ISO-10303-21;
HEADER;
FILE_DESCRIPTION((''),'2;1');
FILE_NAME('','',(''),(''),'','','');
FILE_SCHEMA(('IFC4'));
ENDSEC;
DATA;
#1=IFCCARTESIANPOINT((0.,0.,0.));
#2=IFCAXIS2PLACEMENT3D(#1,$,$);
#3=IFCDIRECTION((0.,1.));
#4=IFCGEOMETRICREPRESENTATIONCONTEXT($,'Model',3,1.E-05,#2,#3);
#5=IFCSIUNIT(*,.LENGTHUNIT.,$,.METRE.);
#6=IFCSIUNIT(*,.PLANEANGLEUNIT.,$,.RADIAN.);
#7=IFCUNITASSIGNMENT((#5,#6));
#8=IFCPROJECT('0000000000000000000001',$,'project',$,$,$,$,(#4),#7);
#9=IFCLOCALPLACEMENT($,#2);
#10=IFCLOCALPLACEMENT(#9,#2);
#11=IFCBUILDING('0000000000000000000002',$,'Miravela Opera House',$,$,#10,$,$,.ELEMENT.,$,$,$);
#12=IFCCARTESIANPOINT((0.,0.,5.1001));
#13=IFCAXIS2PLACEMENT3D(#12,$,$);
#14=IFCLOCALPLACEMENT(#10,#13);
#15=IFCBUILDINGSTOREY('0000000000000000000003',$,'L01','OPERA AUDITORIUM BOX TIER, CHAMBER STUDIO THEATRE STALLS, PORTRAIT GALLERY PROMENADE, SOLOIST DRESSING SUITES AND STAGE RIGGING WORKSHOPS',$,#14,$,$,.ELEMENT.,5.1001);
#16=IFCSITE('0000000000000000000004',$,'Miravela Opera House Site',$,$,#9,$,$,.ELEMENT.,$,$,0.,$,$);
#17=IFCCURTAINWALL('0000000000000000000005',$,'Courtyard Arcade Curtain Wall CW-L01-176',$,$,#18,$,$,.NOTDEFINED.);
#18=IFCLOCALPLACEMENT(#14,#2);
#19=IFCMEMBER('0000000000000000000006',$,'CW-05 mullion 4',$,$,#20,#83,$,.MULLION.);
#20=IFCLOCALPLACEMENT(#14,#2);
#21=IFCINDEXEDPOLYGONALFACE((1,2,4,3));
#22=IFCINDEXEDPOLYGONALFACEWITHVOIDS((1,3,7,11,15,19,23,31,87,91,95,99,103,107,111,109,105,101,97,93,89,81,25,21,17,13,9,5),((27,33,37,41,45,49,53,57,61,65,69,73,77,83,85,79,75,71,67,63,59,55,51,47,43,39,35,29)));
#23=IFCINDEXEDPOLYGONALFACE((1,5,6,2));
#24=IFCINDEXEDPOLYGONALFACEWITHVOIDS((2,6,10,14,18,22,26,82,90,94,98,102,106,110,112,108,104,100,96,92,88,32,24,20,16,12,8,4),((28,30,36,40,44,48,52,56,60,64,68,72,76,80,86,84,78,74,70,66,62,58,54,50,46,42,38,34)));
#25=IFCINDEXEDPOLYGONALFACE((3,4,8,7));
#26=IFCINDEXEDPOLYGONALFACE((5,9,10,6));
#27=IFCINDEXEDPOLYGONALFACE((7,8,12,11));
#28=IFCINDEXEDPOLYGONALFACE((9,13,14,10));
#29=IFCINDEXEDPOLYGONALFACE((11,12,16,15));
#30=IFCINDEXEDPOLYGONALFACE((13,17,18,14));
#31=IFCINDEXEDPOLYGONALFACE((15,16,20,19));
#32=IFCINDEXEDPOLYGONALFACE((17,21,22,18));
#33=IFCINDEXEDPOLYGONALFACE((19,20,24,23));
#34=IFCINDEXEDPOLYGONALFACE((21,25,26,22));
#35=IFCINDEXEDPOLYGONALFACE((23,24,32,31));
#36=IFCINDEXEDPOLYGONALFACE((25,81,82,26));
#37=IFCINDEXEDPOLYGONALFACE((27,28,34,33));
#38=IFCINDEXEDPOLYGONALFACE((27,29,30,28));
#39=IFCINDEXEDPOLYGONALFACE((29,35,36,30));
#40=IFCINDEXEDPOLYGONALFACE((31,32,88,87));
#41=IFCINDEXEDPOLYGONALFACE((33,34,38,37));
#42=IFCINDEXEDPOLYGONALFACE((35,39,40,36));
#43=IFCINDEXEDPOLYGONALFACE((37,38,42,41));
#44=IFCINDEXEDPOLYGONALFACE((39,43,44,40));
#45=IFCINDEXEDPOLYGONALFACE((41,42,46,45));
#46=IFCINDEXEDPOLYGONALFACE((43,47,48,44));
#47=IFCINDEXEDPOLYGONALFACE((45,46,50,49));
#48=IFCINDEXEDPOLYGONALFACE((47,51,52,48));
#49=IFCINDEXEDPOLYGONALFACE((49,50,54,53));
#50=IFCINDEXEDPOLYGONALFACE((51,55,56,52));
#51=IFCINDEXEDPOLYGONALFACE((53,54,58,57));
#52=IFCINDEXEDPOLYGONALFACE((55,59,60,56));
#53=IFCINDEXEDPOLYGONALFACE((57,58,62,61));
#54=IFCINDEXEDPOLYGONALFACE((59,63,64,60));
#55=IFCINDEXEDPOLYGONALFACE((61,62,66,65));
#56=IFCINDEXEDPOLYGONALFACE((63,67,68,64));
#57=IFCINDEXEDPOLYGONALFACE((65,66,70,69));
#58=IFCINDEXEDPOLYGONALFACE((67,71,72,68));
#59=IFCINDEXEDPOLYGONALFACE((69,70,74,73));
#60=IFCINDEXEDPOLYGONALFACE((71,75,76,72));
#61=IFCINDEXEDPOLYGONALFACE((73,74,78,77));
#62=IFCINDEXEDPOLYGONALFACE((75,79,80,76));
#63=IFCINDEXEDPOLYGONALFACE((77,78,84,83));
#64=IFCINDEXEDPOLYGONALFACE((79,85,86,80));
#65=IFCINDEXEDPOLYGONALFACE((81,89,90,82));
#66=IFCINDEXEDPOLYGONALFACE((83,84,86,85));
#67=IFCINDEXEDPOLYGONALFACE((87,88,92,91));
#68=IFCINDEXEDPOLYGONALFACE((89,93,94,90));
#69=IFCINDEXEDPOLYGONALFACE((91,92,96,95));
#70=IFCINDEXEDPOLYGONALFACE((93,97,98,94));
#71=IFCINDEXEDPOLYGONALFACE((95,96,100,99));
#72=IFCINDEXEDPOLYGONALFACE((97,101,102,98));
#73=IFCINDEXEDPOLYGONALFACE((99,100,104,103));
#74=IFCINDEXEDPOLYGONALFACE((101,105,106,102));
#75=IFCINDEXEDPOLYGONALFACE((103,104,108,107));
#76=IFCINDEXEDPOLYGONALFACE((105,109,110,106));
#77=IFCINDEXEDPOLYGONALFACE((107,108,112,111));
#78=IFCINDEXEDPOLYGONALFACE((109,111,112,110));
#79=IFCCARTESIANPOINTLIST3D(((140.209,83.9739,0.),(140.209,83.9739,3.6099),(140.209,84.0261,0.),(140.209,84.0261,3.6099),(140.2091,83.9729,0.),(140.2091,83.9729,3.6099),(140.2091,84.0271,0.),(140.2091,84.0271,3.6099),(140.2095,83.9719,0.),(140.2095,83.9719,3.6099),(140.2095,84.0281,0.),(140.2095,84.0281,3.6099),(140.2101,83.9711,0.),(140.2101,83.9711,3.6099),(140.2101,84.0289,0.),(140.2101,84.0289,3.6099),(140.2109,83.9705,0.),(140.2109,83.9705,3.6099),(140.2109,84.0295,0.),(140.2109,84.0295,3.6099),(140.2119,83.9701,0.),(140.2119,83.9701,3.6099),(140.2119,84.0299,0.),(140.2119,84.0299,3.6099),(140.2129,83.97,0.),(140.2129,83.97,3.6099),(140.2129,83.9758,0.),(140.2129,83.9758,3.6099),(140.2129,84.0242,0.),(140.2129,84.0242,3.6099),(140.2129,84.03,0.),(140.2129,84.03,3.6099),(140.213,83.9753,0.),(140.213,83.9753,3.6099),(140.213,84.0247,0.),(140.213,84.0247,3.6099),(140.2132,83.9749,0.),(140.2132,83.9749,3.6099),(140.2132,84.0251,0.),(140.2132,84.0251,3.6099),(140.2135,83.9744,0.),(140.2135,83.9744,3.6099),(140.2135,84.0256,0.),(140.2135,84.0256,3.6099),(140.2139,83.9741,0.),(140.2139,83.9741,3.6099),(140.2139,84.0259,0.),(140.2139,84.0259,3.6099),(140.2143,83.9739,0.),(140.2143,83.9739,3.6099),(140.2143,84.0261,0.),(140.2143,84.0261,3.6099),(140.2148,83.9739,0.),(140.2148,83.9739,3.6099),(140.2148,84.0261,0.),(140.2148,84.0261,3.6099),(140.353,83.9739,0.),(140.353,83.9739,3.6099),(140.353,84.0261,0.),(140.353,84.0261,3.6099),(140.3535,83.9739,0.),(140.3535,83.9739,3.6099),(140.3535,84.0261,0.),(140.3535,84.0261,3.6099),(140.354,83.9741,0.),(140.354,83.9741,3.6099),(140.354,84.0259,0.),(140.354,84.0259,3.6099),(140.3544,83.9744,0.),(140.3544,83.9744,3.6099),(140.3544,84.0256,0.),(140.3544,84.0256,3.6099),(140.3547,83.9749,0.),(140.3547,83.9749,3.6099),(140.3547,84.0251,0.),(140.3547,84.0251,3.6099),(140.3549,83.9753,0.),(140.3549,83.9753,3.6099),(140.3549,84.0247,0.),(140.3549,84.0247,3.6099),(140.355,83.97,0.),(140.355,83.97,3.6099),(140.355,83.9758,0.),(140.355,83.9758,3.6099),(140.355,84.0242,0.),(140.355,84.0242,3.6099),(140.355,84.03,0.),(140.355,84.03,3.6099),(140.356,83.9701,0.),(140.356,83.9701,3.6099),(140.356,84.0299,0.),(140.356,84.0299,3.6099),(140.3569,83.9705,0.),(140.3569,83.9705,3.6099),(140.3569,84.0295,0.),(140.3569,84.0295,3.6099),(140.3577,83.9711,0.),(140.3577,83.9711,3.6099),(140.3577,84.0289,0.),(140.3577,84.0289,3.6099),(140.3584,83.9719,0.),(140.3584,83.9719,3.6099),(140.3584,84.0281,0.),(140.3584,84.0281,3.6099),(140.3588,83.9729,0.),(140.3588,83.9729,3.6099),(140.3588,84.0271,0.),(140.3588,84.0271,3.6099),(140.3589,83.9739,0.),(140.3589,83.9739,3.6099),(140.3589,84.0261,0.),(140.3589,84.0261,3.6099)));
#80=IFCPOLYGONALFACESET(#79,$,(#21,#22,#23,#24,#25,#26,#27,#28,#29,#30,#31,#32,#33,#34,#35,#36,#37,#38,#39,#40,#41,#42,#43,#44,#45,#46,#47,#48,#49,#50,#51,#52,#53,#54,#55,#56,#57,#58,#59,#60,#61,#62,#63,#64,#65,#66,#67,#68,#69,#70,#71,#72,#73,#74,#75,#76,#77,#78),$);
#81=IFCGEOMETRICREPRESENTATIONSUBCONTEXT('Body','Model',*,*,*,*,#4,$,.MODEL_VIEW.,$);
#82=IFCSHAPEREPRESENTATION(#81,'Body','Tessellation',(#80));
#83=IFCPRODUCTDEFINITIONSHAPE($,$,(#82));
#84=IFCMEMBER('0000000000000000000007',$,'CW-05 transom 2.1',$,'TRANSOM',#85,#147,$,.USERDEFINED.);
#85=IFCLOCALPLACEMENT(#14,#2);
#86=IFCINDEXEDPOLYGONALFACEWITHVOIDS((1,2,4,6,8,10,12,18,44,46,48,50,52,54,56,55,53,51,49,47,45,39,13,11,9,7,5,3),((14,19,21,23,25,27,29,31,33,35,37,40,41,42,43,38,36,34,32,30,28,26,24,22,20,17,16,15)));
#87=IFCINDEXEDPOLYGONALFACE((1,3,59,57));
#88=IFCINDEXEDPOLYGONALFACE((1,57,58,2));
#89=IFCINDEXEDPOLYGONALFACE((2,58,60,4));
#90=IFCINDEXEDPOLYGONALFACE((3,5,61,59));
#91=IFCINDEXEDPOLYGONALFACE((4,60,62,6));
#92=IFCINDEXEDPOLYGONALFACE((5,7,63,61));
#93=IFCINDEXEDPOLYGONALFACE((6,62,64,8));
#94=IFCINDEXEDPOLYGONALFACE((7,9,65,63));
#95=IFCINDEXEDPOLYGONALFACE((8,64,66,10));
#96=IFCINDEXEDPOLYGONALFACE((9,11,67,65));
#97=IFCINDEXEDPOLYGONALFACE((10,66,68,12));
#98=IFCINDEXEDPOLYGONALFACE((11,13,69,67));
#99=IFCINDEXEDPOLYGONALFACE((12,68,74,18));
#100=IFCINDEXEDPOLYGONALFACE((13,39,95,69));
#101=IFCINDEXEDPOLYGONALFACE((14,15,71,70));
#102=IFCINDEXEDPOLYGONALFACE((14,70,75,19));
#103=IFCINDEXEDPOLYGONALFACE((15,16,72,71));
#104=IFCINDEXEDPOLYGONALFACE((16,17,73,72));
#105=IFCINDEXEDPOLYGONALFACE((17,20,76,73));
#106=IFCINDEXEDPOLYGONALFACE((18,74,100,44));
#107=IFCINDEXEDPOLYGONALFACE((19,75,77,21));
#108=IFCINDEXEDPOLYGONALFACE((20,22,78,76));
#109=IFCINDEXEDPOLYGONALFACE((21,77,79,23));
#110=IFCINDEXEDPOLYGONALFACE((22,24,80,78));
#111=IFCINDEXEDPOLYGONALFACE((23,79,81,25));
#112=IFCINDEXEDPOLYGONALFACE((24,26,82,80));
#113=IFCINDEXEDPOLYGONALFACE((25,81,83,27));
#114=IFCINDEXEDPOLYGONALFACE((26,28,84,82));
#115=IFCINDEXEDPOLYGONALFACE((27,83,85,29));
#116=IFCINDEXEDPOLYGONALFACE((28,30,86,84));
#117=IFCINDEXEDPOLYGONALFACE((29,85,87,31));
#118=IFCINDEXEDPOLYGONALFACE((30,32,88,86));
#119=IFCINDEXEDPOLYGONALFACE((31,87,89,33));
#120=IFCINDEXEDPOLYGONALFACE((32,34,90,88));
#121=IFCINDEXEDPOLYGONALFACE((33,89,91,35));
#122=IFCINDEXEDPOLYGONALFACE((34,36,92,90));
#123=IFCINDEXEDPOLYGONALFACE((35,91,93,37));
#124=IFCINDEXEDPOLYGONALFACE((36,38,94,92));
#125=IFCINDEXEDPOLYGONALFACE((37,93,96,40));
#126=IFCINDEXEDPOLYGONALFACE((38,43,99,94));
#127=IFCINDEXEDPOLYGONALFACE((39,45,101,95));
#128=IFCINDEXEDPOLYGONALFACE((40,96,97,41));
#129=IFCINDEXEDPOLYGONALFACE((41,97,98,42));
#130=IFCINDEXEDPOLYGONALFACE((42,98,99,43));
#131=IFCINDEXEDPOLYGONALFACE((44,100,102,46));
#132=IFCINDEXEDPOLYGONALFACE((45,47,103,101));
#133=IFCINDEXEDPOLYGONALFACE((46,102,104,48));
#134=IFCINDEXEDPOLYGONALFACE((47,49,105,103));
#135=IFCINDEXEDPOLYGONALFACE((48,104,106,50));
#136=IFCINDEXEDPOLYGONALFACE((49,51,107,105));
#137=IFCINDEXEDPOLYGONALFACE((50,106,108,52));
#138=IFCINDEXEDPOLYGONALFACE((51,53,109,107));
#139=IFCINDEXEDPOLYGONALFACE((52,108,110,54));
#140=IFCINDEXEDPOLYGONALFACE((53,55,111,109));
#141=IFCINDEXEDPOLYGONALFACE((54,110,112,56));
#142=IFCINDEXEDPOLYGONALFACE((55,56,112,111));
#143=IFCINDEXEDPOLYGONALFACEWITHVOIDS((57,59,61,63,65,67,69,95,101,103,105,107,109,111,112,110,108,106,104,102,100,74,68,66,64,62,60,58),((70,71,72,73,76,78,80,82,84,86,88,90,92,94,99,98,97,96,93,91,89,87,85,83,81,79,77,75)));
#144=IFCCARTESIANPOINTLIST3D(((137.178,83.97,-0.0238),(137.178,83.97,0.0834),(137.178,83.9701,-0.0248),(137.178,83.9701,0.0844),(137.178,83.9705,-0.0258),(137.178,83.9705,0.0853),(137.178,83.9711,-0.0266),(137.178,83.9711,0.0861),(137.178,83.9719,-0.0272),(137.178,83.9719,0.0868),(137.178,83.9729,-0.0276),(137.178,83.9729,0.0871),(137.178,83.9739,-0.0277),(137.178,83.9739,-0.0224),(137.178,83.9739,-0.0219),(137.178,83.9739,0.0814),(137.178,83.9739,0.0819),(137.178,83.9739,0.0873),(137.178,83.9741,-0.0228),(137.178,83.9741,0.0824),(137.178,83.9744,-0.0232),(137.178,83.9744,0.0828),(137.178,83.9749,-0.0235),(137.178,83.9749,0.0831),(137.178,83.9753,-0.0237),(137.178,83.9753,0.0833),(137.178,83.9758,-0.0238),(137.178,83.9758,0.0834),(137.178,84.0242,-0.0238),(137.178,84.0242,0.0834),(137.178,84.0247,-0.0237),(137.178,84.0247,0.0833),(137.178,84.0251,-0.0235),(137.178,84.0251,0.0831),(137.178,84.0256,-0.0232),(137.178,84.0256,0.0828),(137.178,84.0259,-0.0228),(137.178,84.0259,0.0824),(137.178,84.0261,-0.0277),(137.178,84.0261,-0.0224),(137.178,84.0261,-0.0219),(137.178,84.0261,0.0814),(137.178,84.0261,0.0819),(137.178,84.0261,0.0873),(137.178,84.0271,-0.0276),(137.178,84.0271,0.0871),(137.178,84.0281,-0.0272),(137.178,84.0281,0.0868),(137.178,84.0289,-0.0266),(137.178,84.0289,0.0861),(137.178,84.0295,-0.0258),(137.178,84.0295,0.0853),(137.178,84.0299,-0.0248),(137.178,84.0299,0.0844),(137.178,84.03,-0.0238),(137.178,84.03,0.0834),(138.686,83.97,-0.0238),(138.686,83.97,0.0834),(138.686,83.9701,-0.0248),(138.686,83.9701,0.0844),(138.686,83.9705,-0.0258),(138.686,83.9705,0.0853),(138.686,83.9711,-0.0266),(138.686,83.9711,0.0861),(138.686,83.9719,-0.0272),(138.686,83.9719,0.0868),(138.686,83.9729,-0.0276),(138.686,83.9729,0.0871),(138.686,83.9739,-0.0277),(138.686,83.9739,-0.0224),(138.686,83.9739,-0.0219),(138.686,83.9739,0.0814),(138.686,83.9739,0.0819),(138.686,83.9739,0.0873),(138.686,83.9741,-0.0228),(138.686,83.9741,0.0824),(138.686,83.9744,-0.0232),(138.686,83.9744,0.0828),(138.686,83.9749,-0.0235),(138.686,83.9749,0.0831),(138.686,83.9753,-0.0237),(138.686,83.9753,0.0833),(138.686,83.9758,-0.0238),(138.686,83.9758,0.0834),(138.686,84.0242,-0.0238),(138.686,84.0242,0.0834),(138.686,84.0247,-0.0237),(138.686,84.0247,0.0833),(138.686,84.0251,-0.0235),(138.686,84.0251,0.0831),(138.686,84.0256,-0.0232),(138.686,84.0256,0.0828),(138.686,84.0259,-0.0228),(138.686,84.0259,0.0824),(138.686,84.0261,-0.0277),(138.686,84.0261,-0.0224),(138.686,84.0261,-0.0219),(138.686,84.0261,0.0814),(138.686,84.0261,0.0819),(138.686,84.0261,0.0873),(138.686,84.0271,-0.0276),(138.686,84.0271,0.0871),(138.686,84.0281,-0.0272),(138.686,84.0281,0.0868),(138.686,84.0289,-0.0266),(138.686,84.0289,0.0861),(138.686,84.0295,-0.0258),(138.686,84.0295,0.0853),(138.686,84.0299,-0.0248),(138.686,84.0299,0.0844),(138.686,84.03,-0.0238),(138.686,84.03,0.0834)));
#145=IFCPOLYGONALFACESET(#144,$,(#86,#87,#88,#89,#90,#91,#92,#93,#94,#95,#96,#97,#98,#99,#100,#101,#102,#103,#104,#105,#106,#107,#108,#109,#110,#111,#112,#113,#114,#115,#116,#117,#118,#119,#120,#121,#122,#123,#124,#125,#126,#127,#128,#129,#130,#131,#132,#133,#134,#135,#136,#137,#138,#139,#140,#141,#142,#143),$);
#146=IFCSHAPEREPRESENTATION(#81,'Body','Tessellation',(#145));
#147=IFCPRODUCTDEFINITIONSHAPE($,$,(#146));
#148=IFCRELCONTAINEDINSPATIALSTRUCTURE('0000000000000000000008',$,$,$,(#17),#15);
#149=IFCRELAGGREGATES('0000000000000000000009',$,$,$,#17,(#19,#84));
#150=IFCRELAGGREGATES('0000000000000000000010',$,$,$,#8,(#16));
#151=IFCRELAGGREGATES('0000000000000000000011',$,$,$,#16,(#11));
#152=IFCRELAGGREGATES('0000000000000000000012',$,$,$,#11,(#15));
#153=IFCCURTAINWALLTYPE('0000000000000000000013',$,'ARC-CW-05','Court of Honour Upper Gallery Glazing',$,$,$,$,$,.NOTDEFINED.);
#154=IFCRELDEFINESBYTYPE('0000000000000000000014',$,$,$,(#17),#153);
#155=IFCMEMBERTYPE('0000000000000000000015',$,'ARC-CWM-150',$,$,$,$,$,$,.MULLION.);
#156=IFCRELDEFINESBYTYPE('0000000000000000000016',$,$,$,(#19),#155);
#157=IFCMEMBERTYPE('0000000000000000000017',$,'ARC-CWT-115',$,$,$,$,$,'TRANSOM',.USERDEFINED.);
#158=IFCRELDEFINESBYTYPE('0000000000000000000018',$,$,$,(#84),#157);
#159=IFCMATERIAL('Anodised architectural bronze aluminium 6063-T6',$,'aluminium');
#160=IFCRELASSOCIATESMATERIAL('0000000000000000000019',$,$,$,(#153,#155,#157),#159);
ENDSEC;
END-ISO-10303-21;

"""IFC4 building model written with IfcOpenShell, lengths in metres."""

from ifc_helpers import new_model, si_unit, direction, frame, origin, origin_2d, place, context, subcontext, project, spatial, hollow_rectangle, extrude, material, material_profile, profile_set, type_object, element, aggregate, save


model = new_model("IFC4")

# Units and contexts
model_context = context("Model", 3, precision=1e-05, world=origin(), true_north=direction((0.0, 1.0)))
body_context = subcontext(model_context, "Body", "Model", "MODEL_VIEW")
ifc_project = project(units=[si_unit("LENGTHUNIT", "METRE"), si_unit("PLANEANGLEUNIT", "RADIAN")], contexts=[model_context])

# Site, building, storey
site_placement = place(None, origin())
site = spatial("IfcSite", under=ifc_project, at=site_placement, Name="Miravela Opera House Site", CompositionType="ELEMENT", RefElevation=0.0)
building_placement = place(site_placement, origin())
building = spatial("IfcBuilding", under=site, at=building_placement, Name="Miravela Opera House", CompositionType="ELEMENT")
storey_placement = place(building_placement, frame((0.0, 0.0, 5.1001)))
storey = spatial("IfcBuildingStorey", under=building, at=storey_placement, Name="L01", Description="OPERA AUDITORIUM BOX TIER, CHAMBER STUDIO THEATRE STALLS, PORTRAIT GALLERY PROMENADE, SOLOIST DRESSING SUITES AND STAGE RIGGING WORKSHOPS", CompositionType="ELEMENT", Elevation=5.1001)

# Curtain wall, members
ifc_material_1 = material(Name="Anodised architectural bronze aluminium 6063-T6", Category="aluminium")
curtain_wall_type = type_object("IfcCurtainWallType", Name="ARC-CW-05", Description="Court of Honour Upper Gallery Glazing", PredefinedType="NOTDEFINED", material=ifc_material_1)
curtain_wall_placement = place(storey_placement, origin())
curtain_wall = element("IfcCurtainWall", 1, at=curtain_wall_placement, inside=storey, type_object=curtain_wall_type, Name="Courtyard Arcade Curtain Wall CW-L01-176", PredefinedType="NOTDEFINED")
ifc_material_profile_1 = material_profile(ifc_material_1, hollow_rectangle(XDim=0.0601, YDim=0.1499, WallThickness=0.0039, InnerFilletRadius=0.002, OuterFilletRadius=0.0039, at=origin_2d()), Name="CWM-60X150")
ifc_profile_set_1 = profile_set([ifc_material_profile_1])
member_type_1 = type_object("IfcMemberType", Name="ARC-CWM-150", PredefinedType="MULLION", material=ifc_profile_set_1)
member_1_placement = place(storey_placement, frame((140.2839, 84.0, 0.0), z_axis=(0.0, 0.0, 1.0), x_axis=(0.0, 1.0, 0.0)))
member_1 = element("IfcMember", 2, at=member_1_placement, type_object=member_type_1, Name="CW-05 mullion 4", PredefinedType="MULLION", context=body_context, shape_type="SweptSolid", body=[
    extrude(hollow_rectangle(XDim=0.0601, YDim=0.1499, WallThickness=0.0039, InnerFilletRadius=0.002, OuterFilletRadius=0.0039, at=origin_2d()), origin(), (0.0, 0.0, 1.0), 3.6099),
])
ifc_material_profile_2 = material_profile(ifc_material_1, hollow_rectangle(XDim=0.0601, YDim=0.115, WallThickness=0.0039, InnerFilletRadius=0.002, OuterFilletRadius=0.0039, at=origin_2d()), Name="CWT-60X115")
ifc_profile_set_2 = profile_set([ifc_material_profile_2])
member_type_2 = type_object("IfcMemberType", Name="ARC-CWT-115", ElementType="TRANSOM", PredefinedType="USERDEFINED", material=ifc_profile_set_2)
member_2_placement = place(storey_placement, frame((137.178, 84.0, 0.0298), z_axis=(1.0, 0.0, 0.0), x_axis=(0.0, 1.0, 0.0)))
member_2 = element("IfcMember", 3, at=member_2_placement, type_object=member_type_2, Name="CW-05 transom 2.1", ObjectType="TRANSOM", PredefinedType="USERDEFINED", context=body_context, shape_type="SweptSolid", body=[
    extrude(hollow_rectangle(XDim=0.0601, YDim=0.115, WallThickness=0.0039, InnerFilletRadius=0.002, OuterFilletRadius=0.0039, at=origin_2d()), origin(), (0.0, 0.0, 1.0), 1.5081),
])
aggregate(curtain_wall, [member_1, member_2])

save(model, "model.ifc")
